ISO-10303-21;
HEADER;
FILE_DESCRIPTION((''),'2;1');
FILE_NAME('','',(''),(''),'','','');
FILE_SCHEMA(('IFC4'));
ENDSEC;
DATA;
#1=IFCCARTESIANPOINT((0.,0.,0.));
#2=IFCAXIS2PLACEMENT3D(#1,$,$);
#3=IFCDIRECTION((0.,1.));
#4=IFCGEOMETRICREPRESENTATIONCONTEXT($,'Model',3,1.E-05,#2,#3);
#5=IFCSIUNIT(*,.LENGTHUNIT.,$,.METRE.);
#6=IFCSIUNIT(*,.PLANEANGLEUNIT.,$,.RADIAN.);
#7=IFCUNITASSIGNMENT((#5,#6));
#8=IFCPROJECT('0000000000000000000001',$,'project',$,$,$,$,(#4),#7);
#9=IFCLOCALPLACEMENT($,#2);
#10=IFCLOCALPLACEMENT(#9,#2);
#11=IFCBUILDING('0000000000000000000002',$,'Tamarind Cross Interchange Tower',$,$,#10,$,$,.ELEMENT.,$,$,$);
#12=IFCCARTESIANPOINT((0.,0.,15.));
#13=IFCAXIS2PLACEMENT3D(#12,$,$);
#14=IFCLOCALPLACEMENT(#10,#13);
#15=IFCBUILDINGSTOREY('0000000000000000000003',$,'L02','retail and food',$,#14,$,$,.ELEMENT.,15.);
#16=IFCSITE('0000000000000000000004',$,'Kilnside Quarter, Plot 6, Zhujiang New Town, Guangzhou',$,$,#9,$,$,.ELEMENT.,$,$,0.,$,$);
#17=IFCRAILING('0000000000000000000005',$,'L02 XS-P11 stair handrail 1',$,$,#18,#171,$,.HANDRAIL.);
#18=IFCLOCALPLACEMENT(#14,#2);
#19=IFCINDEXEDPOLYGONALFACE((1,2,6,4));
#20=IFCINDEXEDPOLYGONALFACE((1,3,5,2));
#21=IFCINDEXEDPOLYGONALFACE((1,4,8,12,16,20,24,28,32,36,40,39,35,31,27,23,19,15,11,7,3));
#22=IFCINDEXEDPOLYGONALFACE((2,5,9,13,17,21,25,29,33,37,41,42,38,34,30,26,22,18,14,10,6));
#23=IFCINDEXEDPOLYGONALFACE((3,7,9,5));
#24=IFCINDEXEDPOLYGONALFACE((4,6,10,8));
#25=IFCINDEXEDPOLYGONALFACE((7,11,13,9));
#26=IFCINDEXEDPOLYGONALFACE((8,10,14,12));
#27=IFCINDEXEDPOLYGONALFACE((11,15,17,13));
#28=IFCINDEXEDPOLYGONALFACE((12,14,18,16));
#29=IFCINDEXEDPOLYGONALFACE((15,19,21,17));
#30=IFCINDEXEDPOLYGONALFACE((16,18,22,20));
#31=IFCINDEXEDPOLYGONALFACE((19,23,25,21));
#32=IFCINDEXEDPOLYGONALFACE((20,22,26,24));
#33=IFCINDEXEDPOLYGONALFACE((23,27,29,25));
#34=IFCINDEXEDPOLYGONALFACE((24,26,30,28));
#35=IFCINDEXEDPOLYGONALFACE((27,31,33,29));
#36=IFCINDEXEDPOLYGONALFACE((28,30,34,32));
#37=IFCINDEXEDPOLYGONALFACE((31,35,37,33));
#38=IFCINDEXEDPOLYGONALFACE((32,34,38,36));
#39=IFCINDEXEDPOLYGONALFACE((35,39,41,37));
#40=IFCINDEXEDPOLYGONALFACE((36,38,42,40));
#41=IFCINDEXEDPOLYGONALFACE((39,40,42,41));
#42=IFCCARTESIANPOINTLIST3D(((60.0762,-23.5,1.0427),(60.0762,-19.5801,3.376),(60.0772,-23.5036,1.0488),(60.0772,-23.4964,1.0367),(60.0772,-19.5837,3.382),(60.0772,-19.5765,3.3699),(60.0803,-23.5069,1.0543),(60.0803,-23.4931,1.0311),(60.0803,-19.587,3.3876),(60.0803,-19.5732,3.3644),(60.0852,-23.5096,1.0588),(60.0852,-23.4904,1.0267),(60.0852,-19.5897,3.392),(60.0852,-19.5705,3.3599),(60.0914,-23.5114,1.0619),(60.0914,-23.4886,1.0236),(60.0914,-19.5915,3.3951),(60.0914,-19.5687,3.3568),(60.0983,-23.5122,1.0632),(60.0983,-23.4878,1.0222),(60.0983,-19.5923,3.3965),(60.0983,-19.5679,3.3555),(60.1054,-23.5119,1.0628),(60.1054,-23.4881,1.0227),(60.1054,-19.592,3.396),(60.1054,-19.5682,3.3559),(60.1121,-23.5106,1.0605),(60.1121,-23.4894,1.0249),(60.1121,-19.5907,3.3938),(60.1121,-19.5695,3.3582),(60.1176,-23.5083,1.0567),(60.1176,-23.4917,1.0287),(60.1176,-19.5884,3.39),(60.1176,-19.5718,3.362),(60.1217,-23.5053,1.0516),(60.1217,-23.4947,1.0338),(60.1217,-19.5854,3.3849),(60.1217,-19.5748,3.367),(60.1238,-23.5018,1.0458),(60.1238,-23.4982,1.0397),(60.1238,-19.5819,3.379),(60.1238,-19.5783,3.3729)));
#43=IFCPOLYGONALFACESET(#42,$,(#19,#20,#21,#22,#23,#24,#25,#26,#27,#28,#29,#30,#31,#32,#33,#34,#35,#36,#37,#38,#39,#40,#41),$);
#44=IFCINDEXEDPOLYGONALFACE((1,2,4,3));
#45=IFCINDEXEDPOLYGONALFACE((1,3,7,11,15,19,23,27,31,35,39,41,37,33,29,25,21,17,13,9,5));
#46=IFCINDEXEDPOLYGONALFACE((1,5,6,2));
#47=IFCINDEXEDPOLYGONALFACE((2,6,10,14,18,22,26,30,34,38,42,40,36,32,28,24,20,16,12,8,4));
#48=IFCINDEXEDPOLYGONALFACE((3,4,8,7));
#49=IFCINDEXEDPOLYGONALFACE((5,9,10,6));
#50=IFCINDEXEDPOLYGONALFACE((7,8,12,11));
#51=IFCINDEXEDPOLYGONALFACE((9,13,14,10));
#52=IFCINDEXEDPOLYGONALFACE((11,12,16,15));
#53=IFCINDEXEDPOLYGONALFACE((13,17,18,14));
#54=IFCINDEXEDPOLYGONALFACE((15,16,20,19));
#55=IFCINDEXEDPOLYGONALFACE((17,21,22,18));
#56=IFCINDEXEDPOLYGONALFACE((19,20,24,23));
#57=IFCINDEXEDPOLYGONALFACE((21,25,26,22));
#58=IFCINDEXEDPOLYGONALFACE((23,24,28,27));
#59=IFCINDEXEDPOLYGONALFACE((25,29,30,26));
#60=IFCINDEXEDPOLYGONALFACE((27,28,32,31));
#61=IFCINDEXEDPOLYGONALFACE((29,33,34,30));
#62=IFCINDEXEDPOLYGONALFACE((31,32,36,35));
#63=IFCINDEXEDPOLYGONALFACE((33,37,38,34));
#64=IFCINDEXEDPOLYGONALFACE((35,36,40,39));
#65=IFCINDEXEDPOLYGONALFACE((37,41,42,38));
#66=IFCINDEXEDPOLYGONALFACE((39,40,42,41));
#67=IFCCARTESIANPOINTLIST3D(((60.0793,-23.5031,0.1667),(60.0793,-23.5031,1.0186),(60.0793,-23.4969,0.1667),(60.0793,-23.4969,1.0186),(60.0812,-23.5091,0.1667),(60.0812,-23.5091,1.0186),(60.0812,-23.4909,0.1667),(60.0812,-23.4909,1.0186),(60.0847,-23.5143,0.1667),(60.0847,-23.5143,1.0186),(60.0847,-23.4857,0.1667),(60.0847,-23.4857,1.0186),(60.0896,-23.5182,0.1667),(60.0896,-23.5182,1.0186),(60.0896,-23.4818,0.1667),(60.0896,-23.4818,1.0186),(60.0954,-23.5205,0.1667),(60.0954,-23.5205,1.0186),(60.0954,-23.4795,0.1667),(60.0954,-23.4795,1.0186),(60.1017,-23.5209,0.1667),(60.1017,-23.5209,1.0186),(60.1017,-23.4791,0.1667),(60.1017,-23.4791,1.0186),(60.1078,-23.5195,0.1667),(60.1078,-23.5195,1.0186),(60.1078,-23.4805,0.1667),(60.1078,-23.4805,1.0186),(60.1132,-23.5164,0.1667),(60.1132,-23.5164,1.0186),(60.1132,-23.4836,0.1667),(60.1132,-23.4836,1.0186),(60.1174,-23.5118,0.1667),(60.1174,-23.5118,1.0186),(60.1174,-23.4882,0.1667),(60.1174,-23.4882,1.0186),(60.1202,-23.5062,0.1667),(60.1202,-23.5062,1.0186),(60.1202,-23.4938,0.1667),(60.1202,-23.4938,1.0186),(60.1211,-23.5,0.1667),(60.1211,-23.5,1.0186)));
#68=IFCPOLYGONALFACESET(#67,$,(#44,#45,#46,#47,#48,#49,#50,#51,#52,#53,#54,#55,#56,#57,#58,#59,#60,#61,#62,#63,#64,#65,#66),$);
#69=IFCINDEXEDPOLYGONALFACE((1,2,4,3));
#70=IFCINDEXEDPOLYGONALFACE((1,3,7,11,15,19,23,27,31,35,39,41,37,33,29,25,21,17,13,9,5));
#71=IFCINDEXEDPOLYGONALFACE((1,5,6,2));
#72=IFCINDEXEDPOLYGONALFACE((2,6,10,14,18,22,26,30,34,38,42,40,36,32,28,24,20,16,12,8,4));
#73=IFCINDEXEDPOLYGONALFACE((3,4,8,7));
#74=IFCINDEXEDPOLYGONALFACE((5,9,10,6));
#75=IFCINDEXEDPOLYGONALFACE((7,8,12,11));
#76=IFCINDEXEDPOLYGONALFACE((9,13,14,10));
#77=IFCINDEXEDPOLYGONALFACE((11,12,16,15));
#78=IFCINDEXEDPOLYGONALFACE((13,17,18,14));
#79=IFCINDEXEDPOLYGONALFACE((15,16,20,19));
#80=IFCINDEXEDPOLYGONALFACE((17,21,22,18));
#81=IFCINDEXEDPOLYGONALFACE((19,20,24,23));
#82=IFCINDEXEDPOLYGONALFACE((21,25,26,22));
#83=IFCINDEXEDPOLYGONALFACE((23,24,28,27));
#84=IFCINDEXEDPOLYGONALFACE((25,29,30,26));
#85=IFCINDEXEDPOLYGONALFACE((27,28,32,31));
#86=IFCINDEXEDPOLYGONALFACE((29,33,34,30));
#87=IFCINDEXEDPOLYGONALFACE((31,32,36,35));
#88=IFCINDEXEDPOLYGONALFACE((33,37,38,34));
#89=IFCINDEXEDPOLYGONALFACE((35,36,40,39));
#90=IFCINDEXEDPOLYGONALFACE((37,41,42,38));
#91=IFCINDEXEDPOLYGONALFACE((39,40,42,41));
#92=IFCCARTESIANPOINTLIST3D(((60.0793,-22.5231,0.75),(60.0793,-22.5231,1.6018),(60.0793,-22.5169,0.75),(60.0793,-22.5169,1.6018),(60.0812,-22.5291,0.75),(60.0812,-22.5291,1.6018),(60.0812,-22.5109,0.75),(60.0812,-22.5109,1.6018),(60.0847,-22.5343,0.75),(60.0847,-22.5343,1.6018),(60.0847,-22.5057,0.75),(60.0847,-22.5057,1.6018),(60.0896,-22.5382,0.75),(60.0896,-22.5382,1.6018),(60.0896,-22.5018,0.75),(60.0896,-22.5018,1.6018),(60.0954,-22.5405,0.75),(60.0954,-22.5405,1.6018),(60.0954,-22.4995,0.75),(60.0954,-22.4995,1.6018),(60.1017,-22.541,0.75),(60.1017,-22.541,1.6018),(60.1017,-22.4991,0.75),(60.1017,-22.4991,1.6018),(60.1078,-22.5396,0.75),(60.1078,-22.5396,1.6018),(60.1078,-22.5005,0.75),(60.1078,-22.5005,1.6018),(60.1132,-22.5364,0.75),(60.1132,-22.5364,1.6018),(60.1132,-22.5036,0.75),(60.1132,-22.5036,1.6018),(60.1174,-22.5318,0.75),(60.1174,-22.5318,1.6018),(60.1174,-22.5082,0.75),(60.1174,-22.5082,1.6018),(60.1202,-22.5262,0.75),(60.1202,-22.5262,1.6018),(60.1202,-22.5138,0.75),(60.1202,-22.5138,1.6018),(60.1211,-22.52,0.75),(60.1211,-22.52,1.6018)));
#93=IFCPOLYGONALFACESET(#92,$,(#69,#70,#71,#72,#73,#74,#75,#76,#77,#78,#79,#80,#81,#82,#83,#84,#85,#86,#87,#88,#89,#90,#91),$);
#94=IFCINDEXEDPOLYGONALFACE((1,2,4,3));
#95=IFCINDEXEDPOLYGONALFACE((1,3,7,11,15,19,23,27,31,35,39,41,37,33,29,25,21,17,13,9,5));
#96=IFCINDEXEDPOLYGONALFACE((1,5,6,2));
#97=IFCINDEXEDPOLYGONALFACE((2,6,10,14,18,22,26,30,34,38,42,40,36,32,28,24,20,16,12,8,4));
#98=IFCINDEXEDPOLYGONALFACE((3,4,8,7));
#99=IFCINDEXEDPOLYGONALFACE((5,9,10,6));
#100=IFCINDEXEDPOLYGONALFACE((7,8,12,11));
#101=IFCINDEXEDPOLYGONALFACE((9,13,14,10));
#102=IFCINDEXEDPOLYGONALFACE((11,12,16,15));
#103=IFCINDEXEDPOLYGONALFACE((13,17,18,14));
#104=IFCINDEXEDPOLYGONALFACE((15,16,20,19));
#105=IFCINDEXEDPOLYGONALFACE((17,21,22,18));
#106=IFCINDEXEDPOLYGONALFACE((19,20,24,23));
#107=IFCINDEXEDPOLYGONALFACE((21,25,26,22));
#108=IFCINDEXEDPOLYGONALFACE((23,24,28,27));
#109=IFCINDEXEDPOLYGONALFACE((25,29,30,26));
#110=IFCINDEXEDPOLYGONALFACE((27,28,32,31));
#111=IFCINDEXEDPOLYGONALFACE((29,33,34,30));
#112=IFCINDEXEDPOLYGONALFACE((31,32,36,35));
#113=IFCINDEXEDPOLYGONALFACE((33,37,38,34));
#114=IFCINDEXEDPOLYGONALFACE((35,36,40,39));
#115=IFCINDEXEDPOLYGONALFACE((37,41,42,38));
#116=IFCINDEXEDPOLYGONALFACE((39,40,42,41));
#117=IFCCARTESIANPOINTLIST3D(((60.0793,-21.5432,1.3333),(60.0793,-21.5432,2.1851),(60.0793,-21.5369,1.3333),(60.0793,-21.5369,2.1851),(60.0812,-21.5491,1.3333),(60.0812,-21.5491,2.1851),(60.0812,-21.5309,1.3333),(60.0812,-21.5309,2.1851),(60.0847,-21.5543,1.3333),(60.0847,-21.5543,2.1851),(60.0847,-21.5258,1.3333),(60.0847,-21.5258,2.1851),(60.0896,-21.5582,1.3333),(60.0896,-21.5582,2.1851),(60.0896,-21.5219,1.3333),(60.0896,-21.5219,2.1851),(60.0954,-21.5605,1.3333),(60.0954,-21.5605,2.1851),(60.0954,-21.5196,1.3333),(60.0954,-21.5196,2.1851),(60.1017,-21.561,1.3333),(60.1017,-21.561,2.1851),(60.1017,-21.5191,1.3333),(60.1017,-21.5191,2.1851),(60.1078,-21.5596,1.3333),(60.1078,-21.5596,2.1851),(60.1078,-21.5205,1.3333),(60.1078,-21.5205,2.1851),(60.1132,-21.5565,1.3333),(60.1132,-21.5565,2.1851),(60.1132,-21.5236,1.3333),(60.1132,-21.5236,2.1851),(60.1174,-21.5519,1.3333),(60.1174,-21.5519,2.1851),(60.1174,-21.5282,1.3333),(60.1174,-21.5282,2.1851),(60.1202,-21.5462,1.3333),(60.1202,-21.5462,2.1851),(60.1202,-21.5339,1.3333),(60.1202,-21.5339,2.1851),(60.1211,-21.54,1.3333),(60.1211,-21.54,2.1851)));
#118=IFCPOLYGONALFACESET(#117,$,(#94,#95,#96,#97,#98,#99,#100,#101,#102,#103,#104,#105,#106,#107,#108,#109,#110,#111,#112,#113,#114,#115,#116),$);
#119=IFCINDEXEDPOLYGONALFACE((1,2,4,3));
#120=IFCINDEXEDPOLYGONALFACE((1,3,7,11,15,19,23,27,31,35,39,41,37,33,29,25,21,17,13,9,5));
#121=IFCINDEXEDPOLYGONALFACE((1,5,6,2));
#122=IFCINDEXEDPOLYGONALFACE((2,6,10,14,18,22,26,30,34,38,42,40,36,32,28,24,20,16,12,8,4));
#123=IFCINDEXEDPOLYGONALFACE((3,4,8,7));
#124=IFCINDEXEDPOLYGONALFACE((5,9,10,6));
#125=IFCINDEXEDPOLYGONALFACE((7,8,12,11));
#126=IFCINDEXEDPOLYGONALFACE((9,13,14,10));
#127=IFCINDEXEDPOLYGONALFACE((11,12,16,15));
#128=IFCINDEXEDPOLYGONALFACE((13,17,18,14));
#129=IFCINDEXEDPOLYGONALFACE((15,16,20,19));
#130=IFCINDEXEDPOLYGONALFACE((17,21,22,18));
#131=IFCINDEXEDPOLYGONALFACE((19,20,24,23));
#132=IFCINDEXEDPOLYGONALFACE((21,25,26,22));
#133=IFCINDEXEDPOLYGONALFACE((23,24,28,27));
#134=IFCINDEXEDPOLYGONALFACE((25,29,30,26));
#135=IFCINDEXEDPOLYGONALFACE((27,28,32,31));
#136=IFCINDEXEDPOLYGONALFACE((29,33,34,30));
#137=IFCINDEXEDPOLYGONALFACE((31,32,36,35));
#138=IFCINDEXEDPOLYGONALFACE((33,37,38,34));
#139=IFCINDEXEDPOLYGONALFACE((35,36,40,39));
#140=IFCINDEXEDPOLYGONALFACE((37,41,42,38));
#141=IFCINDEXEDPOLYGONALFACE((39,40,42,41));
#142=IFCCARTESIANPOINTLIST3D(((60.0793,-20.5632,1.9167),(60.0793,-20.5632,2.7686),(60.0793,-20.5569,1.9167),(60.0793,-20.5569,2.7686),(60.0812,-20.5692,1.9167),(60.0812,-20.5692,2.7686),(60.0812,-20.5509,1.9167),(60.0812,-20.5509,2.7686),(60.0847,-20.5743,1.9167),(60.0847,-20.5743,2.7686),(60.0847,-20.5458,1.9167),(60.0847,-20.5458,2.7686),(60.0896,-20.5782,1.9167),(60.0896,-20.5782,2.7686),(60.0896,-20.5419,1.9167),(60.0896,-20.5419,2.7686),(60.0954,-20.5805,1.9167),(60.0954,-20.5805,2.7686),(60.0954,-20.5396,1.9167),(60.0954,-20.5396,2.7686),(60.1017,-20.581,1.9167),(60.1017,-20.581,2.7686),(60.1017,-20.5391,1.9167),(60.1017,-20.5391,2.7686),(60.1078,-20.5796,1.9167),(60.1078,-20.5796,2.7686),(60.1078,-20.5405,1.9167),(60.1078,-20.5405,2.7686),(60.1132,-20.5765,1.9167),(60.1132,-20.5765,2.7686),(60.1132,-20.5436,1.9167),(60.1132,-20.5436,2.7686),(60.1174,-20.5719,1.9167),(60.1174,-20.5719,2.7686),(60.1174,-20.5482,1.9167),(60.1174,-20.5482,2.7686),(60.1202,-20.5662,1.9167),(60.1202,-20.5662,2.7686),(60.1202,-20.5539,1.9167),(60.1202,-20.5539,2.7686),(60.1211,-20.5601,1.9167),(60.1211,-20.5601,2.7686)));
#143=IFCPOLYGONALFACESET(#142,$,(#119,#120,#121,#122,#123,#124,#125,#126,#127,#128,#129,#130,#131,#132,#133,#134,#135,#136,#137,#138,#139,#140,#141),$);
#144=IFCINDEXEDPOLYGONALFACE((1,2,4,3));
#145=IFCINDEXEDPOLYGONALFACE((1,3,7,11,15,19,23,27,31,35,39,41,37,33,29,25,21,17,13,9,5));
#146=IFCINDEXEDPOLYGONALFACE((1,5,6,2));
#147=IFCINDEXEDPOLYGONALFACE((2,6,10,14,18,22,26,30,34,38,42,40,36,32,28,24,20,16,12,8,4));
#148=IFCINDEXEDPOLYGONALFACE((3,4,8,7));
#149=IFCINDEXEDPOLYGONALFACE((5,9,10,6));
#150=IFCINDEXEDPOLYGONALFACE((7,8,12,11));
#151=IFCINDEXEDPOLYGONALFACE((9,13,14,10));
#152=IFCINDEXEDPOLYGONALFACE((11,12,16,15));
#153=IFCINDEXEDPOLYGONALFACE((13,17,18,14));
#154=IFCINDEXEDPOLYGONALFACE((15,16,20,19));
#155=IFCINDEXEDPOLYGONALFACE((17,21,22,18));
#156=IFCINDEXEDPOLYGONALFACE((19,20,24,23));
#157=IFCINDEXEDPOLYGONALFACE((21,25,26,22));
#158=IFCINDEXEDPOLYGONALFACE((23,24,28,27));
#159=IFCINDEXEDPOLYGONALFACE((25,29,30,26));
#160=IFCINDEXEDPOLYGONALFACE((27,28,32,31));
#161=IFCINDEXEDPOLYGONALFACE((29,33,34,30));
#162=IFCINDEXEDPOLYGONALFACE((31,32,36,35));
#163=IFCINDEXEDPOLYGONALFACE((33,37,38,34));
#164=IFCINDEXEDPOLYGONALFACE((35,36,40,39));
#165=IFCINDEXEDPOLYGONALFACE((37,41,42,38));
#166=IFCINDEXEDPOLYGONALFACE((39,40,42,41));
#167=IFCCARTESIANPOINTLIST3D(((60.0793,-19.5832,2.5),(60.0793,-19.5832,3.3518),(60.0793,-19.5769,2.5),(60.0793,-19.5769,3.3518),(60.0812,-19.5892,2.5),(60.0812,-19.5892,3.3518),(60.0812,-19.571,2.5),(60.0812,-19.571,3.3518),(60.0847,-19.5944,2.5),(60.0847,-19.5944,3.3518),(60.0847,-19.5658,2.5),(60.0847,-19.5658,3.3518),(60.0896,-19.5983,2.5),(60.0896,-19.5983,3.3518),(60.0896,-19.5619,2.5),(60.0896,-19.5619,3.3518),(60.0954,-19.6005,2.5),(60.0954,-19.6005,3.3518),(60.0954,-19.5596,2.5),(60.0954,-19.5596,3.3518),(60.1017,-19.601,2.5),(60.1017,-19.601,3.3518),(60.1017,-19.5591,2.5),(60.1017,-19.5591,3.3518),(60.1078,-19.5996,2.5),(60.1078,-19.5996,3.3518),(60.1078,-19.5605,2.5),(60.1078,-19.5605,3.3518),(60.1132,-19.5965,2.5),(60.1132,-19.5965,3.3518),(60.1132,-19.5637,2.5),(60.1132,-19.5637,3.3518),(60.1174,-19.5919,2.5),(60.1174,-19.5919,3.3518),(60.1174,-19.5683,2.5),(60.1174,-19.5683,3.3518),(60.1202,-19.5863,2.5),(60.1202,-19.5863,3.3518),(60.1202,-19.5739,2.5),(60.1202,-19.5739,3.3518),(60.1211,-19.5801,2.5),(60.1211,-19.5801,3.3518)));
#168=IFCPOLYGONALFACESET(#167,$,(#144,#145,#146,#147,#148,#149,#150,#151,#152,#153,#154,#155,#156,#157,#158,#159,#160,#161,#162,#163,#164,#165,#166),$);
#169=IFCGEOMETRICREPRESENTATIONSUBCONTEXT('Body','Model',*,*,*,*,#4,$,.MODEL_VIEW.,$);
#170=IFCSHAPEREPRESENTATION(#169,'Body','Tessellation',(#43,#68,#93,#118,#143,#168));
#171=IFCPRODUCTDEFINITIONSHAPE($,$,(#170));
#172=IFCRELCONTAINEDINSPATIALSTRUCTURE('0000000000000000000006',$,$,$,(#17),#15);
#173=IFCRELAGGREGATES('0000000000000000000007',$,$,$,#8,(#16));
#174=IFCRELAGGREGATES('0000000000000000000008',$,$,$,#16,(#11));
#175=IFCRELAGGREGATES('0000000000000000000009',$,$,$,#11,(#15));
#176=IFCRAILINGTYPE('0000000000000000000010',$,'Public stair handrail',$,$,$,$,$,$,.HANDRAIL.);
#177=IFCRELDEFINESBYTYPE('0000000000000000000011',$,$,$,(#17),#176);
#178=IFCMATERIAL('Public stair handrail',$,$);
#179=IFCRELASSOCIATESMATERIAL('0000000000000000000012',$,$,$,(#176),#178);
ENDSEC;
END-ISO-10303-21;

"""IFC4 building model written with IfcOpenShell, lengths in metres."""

from ifc_helpers import new_model, si_unit, direction, frame, origin, origin_2d, place, context, subcontext, project, spatial, circle, extrude, material, type_object, element, save


model = new_model("IFC4")

# Units and contexts
model_context = context("Model", 3, precision=1e-05, world=origin(), true_north=direction((0.0, 1.0)))
body_context = subcontext(model_context, "Body", "Model", "MODEL_VIEW")
ifc_project = project(units=[si_unit("LENGTHUNIT", "METRE"), si_unit("PLANEANGLEUNIT", "RADIAN")], contexts=[model_context])

# Site, building, storey
site_placement = place(None, origin())
site = spatial("IfcSite", under=ifc_project, at=site_placement, Name="Kilnside Quarter, Plot 6, Zhujiang New Town, Guangzhou", CompositionType="ELEMENT", RefElevation=0.0)
building_placement = place(site_placement, origin())
building = spatial("IfcBuilding", under=site, at=building_placement, Name="Tamarind Cross Interchange Tower", CompositionType="ELEMENT")
storey_placement = place(building_placement, frame((0.0, 0.0, 15.0)))
storey = spatial("IfcBuildingStorey", under=building, at=storey_placement, Name="L02", Description="retail and food", CompositionType="ELEMENT", Elevation=15.0)

# Railing
ifc_material_1 = material(Name="Public stair handrail")
railing_type_1 = type_object("IfcRailingType", Name="Public stair handrail", PredefinedType="HANDRAIL", material=ifc_material_1)
railing_1_placement = place(storey_placement, frame((60.1001, -23.5, 0.1667)))
element("IfcRailing", 1, at=railing_1_placement, inside=storey, type_object=railing_type_1, Name="L02 XS-P11 stair handrail 1", PredefinedType="HANDRAIL", context=body_context, shape_type="SweptSolid", body=[
    extrude(circle(Radius=0.0239, at=origin_2d()), frame((0.0, 0.0, 0.876), z_axis=(0.0, 0.859296, 0.511478), x_axis=(-1.0, 0.0, 0.0)), (0.0, 0.0, 1.0), 4.5618),
    extrude(circle(Radius=0.021, at=origin_2d()), origin(), (0.0, 0.0, 1.0), 0.8518),
    extrude(circle(Radius=0.021, at=origin_2d()), frame((0.0, 0.98, 0.5833)), (0.0, 0.0, 1.0), 0.8518),
    extrude(circle(Radius=0.021, at=origin_2d()), frame((0.0, 1.96, 1.1665)), (0.0, 0.0, 1.0), 0.8518),
    extrude(circle(Radius=0.021, at=origin_2d()), frame((0.0, 2.9399, 1.75)), (0.0, 0.0, 1.0), 0.8518),
    extrude(circle(Radius=0.021, at=origin_2d()), frame((0.0, 3.9199, 2.3333)), (0.0, 0.0, 1.0), 0.8518),
])

save(model, "model.ifc")
